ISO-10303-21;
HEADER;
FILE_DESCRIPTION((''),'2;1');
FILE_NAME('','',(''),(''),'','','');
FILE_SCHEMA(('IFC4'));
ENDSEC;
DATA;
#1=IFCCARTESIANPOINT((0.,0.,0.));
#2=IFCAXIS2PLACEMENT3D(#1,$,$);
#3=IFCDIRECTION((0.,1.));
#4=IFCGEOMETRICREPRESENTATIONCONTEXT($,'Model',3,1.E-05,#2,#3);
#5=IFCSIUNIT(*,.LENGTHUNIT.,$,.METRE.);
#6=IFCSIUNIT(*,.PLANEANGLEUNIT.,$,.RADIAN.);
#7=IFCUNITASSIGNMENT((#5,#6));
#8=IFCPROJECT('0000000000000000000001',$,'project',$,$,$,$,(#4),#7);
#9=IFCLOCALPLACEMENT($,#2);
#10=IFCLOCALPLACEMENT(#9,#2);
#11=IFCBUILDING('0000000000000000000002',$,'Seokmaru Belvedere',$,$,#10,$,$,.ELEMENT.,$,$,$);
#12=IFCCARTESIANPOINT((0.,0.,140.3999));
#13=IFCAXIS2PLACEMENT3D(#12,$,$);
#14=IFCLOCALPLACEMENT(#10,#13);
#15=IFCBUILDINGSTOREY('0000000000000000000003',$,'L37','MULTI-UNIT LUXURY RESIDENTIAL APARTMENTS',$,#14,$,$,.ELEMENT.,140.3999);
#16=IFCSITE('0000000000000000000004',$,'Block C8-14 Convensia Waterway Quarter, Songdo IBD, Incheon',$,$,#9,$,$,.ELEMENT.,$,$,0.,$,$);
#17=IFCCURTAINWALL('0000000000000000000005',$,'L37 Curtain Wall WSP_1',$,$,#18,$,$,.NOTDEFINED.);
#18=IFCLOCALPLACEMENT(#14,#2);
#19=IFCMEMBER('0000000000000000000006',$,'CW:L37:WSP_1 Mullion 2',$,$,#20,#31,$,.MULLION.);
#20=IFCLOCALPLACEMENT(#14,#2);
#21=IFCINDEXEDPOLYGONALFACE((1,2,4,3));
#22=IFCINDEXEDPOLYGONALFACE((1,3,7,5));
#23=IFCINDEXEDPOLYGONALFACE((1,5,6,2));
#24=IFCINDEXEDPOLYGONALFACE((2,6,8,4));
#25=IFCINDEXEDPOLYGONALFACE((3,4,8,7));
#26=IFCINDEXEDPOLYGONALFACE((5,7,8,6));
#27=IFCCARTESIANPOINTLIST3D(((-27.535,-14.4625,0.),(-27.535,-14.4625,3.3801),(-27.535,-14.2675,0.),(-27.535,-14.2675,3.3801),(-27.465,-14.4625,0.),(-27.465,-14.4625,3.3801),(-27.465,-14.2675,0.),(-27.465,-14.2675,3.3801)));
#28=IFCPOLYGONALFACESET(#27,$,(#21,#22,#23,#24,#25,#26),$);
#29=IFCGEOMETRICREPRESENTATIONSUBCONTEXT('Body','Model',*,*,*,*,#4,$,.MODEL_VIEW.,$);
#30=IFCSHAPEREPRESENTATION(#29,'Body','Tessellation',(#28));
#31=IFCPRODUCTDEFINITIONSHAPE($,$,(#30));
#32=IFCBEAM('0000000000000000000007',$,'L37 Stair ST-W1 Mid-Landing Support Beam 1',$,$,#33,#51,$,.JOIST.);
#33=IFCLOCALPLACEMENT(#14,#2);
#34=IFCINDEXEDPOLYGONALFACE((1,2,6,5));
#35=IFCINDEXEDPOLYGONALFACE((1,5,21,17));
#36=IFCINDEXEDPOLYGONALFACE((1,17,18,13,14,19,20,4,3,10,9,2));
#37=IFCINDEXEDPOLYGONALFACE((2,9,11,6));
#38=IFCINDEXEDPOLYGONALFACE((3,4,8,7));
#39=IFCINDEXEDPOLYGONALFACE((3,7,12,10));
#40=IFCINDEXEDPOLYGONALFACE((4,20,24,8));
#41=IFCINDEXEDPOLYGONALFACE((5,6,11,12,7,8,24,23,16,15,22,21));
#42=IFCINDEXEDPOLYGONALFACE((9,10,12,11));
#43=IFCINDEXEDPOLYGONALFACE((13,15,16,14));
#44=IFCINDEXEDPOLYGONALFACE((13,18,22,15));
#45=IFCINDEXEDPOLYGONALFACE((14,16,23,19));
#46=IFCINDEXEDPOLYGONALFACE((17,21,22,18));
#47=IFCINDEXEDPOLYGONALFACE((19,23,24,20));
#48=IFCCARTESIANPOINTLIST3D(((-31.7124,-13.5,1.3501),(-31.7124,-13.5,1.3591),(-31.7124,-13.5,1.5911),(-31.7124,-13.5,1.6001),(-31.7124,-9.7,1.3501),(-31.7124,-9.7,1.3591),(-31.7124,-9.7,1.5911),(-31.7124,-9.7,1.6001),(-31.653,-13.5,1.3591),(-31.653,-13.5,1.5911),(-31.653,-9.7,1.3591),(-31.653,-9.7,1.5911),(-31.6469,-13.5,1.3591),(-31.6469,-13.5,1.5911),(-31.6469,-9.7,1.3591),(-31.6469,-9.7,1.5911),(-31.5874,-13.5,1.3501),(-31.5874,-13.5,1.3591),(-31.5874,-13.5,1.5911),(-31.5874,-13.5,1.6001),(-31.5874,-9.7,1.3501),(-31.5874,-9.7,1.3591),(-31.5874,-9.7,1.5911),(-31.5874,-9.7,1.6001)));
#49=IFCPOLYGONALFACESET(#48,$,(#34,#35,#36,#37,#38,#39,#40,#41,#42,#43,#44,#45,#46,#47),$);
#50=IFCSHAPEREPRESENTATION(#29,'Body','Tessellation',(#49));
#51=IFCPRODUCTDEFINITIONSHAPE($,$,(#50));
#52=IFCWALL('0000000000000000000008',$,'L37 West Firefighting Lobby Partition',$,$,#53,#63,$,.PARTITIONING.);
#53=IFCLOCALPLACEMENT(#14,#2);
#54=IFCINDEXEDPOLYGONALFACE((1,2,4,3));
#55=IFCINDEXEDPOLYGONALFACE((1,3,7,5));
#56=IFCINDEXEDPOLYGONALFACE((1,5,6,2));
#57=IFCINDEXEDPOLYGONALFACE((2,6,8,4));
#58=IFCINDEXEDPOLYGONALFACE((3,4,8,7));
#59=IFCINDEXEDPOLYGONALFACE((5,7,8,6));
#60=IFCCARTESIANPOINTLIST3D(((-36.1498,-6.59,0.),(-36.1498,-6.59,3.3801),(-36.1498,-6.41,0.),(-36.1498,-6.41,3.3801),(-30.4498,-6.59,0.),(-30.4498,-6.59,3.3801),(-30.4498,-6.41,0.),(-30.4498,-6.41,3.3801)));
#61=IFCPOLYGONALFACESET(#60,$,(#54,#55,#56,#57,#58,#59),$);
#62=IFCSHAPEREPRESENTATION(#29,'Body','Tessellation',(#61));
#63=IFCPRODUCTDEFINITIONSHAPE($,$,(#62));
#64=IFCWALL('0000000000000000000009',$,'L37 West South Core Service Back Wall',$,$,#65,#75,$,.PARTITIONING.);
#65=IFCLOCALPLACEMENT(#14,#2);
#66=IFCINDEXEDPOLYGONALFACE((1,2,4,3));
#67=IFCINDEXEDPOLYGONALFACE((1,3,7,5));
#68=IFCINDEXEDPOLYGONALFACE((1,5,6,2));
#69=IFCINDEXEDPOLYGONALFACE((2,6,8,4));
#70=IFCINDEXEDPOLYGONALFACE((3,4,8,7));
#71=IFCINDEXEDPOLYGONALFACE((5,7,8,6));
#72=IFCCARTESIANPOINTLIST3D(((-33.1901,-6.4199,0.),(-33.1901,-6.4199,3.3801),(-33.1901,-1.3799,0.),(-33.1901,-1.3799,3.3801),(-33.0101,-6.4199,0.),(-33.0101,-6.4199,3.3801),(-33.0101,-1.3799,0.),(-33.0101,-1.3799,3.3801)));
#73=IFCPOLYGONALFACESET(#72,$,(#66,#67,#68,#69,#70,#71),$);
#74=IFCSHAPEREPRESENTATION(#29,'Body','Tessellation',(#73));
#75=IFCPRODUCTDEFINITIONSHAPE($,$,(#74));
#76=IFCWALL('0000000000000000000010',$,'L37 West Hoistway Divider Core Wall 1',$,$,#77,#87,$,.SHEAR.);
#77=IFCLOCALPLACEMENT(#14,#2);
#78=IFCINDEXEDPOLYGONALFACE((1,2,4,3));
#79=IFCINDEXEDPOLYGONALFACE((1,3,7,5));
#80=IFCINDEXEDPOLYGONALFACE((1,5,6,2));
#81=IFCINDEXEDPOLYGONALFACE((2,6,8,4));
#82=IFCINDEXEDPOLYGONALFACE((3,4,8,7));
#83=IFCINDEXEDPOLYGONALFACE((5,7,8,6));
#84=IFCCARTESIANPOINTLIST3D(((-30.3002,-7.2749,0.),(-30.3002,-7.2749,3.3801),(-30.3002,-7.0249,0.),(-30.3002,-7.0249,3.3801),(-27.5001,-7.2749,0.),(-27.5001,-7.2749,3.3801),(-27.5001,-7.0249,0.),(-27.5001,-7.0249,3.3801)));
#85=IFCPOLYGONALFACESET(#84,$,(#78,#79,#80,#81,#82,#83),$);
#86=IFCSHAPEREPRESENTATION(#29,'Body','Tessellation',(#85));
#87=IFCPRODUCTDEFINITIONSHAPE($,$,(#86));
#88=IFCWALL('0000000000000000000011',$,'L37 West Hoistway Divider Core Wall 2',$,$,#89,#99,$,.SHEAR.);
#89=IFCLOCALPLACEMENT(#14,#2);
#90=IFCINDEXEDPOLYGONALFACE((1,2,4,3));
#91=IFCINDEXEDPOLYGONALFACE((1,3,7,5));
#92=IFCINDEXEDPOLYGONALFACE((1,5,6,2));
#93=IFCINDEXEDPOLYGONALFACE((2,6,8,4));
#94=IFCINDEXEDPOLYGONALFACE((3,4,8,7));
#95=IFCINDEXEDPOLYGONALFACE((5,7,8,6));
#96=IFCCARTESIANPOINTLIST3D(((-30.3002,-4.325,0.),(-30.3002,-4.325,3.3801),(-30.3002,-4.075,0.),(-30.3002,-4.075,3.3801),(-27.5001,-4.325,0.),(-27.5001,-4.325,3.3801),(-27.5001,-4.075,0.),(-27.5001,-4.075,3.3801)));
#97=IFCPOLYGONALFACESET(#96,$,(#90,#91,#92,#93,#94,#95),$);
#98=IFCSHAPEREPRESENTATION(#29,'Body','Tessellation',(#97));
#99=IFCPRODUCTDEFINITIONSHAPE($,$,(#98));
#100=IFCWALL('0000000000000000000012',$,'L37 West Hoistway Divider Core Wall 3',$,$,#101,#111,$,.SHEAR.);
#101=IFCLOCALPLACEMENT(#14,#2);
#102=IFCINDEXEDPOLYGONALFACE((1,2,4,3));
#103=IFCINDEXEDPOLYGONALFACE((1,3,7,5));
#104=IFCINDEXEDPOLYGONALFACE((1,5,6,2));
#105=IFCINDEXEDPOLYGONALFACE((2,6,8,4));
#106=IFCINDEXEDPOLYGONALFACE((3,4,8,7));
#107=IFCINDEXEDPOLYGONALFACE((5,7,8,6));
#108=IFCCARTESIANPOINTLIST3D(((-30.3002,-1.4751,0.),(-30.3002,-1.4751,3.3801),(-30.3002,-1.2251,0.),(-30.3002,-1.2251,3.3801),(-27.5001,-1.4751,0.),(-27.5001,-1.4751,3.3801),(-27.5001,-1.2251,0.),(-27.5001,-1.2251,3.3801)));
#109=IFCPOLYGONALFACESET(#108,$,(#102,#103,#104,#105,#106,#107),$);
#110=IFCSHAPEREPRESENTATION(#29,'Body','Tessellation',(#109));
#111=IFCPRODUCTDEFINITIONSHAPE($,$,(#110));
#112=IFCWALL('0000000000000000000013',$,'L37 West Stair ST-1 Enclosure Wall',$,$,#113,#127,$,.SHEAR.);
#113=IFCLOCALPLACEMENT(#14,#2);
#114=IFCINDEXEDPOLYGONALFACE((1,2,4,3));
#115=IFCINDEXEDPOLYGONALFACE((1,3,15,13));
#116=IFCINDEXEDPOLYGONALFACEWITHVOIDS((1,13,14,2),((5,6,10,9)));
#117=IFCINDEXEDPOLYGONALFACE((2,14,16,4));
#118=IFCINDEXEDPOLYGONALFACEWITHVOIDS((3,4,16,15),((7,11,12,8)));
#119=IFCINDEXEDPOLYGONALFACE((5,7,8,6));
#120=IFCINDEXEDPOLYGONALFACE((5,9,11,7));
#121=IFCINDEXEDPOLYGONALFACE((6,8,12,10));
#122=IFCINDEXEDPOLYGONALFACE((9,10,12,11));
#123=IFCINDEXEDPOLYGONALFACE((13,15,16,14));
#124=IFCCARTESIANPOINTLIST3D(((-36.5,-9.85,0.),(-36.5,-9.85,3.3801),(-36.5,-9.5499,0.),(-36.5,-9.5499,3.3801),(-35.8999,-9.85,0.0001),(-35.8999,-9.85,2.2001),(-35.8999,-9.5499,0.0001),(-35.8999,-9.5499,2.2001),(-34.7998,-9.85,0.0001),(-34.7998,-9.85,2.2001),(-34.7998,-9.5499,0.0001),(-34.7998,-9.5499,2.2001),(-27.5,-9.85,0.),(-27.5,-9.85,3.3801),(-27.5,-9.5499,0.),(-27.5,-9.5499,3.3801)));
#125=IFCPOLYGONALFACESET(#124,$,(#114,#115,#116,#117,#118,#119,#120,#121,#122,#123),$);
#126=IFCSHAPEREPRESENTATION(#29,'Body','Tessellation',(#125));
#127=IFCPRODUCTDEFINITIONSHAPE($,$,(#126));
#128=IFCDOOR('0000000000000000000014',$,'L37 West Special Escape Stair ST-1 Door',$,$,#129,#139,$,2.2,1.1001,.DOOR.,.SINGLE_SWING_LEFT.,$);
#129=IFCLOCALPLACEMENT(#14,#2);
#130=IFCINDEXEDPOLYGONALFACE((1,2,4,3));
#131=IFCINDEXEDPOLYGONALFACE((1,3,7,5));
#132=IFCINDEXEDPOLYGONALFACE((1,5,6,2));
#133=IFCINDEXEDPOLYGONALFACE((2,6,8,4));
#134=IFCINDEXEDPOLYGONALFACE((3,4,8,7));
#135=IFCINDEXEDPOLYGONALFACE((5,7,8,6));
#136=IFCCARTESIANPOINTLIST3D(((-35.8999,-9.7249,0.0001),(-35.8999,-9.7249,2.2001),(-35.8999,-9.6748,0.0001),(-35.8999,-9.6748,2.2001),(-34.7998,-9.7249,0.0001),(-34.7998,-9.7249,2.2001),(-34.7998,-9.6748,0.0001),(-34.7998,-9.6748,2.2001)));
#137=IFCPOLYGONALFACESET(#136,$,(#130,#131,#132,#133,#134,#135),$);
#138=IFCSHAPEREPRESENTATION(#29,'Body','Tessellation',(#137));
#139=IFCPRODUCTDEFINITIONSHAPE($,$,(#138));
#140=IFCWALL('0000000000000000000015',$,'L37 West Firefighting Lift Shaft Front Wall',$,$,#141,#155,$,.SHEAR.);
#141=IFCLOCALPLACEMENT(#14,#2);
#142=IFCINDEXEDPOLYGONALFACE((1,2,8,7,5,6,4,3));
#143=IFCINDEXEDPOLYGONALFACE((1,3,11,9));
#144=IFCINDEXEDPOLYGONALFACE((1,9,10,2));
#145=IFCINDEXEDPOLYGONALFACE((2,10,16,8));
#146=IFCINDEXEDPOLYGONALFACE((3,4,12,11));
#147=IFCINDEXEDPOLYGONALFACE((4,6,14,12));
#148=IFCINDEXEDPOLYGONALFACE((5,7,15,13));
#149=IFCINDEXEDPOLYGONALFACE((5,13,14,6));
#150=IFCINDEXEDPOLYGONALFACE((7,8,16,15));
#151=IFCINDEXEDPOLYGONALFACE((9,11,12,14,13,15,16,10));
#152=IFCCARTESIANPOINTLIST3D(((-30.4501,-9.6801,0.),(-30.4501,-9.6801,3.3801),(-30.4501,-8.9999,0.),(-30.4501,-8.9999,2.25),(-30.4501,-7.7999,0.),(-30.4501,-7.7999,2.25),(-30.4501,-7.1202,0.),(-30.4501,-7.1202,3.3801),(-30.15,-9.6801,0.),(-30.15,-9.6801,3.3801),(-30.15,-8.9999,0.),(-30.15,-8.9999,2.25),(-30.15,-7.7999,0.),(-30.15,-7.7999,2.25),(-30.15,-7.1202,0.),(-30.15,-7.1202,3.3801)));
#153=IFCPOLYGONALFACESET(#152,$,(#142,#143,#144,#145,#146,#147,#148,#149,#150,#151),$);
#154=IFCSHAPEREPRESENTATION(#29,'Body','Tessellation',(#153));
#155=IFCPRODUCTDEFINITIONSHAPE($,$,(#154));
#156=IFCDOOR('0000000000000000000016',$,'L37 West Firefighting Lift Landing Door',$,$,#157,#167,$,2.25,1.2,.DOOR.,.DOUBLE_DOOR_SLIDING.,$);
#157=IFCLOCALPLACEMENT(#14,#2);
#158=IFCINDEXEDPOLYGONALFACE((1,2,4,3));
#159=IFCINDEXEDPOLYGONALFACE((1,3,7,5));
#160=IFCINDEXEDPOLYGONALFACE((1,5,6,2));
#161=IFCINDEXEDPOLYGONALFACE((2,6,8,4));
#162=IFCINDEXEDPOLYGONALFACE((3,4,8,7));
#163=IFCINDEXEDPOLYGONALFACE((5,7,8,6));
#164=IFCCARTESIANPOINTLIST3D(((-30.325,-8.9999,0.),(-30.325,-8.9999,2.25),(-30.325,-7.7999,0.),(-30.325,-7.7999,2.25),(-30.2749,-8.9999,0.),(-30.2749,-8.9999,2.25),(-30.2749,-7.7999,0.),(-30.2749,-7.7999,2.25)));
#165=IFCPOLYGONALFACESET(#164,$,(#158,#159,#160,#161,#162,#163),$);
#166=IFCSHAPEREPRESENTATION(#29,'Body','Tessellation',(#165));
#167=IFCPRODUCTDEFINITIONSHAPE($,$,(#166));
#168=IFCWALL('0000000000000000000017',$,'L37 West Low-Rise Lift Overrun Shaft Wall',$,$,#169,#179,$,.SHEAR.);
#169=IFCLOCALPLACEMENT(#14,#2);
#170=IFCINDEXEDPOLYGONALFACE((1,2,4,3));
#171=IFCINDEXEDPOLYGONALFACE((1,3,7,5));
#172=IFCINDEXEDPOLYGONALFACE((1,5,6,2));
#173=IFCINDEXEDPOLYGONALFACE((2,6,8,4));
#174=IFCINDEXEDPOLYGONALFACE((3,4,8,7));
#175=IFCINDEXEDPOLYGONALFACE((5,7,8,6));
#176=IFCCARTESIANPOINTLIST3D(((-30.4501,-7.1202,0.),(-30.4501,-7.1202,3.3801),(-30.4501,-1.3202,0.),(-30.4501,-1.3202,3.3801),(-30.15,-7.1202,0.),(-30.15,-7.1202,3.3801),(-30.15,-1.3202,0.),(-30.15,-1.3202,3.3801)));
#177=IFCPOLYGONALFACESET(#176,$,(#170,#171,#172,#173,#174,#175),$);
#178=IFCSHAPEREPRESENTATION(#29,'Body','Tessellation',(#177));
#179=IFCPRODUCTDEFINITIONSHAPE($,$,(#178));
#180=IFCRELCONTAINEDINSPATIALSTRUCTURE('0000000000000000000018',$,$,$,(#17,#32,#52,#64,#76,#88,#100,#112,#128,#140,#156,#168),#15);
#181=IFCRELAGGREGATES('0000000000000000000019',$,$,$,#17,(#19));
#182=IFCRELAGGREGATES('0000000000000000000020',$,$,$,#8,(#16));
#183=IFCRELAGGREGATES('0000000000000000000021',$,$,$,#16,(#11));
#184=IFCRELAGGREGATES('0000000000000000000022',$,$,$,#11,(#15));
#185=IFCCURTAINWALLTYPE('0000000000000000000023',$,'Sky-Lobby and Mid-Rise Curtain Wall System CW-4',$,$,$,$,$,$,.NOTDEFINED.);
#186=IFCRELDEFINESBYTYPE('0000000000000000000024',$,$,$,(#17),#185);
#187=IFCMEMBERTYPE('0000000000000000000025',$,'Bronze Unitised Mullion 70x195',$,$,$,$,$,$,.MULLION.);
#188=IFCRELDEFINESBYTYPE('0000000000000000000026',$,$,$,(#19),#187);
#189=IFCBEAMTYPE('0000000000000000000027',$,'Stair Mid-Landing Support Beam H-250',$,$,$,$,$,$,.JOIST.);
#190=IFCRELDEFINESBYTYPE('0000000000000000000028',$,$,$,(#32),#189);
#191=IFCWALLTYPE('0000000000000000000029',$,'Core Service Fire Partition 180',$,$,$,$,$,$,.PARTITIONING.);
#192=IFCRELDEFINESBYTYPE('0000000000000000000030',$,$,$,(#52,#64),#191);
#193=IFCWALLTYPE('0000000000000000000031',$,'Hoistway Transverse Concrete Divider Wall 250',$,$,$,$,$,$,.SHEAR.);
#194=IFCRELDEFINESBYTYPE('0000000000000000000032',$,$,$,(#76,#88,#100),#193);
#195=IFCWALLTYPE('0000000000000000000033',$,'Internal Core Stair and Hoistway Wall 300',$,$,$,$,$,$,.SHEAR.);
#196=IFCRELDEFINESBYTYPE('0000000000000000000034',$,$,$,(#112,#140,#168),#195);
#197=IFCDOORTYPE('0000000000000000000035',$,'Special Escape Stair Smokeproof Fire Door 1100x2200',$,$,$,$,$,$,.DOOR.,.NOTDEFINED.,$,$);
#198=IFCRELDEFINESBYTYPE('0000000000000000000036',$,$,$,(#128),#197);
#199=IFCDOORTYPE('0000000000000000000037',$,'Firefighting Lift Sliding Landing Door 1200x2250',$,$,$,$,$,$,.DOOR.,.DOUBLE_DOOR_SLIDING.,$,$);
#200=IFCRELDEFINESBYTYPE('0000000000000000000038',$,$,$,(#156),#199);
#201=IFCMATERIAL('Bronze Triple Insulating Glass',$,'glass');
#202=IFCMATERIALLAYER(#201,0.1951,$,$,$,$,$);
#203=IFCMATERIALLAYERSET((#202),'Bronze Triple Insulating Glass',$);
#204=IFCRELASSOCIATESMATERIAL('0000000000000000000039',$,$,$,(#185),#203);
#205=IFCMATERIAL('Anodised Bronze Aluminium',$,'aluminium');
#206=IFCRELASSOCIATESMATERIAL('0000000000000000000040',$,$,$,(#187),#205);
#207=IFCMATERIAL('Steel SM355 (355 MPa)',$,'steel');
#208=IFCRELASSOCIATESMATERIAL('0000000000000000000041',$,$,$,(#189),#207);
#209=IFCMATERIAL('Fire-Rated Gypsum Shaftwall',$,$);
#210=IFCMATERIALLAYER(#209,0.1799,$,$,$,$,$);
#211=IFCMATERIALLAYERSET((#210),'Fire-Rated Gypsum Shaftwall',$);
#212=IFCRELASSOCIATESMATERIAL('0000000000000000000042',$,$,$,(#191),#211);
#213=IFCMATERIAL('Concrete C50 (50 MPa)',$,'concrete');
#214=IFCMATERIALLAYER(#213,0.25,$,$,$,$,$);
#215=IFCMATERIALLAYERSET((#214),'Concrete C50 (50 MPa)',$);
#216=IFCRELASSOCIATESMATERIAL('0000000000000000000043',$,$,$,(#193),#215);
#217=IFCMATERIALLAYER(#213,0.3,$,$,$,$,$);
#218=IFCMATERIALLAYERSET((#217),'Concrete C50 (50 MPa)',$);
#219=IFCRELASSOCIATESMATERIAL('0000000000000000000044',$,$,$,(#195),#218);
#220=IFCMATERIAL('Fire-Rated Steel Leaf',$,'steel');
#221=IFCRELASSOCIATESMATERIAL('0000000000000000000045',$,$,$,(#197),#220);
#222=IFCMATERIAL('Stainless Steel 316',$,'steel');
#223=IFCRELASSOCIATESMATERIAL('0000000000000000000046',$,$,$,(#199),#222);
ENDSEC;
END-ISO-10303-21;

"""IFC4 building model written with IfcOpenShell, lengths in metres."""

from ifc_helpers import new_model, si_unit, direction, frame, frame_2d, origin, origin_2d, place, context, subcontext, project, spatial, rectangle, i_section, extrude, source, transform, mapped, material, layer, layer_set, material_profile, profile_set, type_object, type_shapes, element, fill, aggregate, save


model = new_model("IFC4")

# Units and contexts
model_context = context("Model", 3, precision=1e-05, world=origin(), true_north=direction((0.0, 1.0)))
body_context = subcontext(model_context, "Body", "Model", "MODEL_VIEW")
ifc_project = project(units=[si_unit("LENGTHUNIT", "METRE"), si_unit("PLANEANGLEUNIT", "RADIAN")], contexts=[model_context])

# Site, building, storey
site_placement = place(None, origin())
site = spatial("IfcSite", under=ifc_project, at=site_placement, Name="Block C8-14 Convensia Waterway Quarter, Songdo IBD, Incheon", CompositionType="ELEMENT", RefElevation=0.0)
building_placement = place(site_placement, origin())
building = spatial("IfcBuilding", under=site, at=building_placement, Name="Seokmaru Belvedere", CompositionType="ELEMENT")
storey_placement = place(building_placement, frame((0.0, 0.0, 140.3999)))
storey = spatial("IfcBuildingStorey", under=building, at=storey_placement, Name="L37", Description="MULTI-UNIT LUXURY RESIDENTIAL APARTMENTS", CompositionType="ELEMENT", Elevation=140.3999)

# Shared definitions
ifc_material_1 = material(Name="Steel SM355 (355 MPa)", Category="steel")

# Curtain wall, member
ifc_material_2 = material(Name="Bronze Triple Insulating Glass", Category="glass")
ifc_layer_1 = layer(ifc_material_2, 0.1951)
ifc_layer_set_1 = layer_set([ifc_layer_1], Name="Bronze Triple Insulating Glass")
curtain_wall_type = type_object("IfcCurtainWallType", Name="Sky-Lobby and Mid-Rise Curtain Wall System CW-4", PredefinedType="NOTDEFINED", material=ifc_layer_set_1)
curtain_wall_placement = place(storey_placement, origin())
curtain_wall = element("IfcCurtainWall", 1, at=curtain_wall_placement, inside=storey, type_object=curtain_wall_type, Name="L37 Curtain Wall WSP_1", PredefinedType="NOTDEFINED")
ifc_material_3 = material(Name="Anodised Bronze Aluminium", Category="aluminium")
ifc_material_profile_1 = material_profile(ifc_material_3, rectangle(XDim=0.0701, YDim=0.1951, at=origin_2d()), Name="CW-M-70x195")
ifc_profile_set_1 = profile_set([ifc_material_profile_1], Name="Anodised Bronze Aluminium")
member_type = type_object("IfcMemberType", Name="Bronze Unitised Mullion 70x195", PredefinedType="MULLION", material=ifc_profile_set_1)
shared_shape_1 = source(origin(), body_context, "Body", "SweptSolid", [
    extrude(rectangle(XDim=0.0701, YDim=0.1951, at=origin_2d()), origin(), (0.0, 0.0, 1.0), 3.3801),
])
type_shapes(member_type, [shared_shape_1])
member_placement = place(storey_placement, frame((-27.5, -14.365, 0.0), z_axis=(0.0, 0.0, 1.0), x_axis=(-1.0, 0.0, 0.0)))
member = element("IfcMember", 2, at=member_placement, type_object=member_type, Name="CW:L37:WSP_1 Mullion 2", PredefinedType="MULLION", context=body_context, shape_type="MappedRepresentation", body=[
    mapped(shared_shape_1, transform((0.0, 0.0, 0.0), scale=1.0)),
])
aggregate(curtain_wall, [member])

# Beam
ifc_material_profile_2 = material_profile(ifc_material_1, i_section(OverallWidth=0.125, OverallDepth=0.25, WebThickness=0.0061, FlangeThickness=0.009, at=origin_2d()), Name="H-250x125x6x9")
ifc_profile_set_2 = profile_set([ifc_material_profile_2], Name="Steel SM355 (355 MPa)")
beam_type_1 = type_object("IfcBeamType", Name="Stair Mid-Landing Support Beam H-250", PredefinedType="JOIST", material=ifc_profile_set_2)
shared_shape_2 = source(origin(), body_context, "Body", "SweptSolid", [
    extrude(i_section(OverallWidth=0.125, OverallDepth=0.25, WebThickness=0.0061, FlangeThickness=0.009, at=origin_2d()), origin(), (0.0, 0.0, 1.0), 3.8),
])
type_shapes(beam_type_1, [shared_shape_2])
beam_1_placement = place(storey_placement, frame((-31.6499, -13.5, 1.4751), z_axis=(0.0, 1.0, 0.0), x_axis=(-1.0, 0.0, 0.0)))
element("IfcBeam", 3, at=beam_1_placement, inside=storey, type_object=beam_type_1, Name="L37 Stair ST-W1 Mid-Landing Support Beam 1", PredefinedType="JOIST", context=body_context, shape_type="MappedRepresentation", body=[
    mapped(shared_shape_2, transform((0.0, 0.0, 0.0), scale=1.0)),
])

# Walls
ifc_material_4 = material(Name="Fire-Rated Gypsum Shaftwall")
ifc_layer_2 = layer(ifc_material_4, 0.1799)
ifc_layer_set_2 = layer_set([ifc_layer_2], Name="Fire-Rated Gypsum Shaftwall")
wall_type_1 = type_object("IfcWallType", Name="Core Service Fire Partition 180", PredefinedType="PARTITIONING", material=ifc_layer_set_2)
wall_1_placement = place(storey_placement, frame((-36.1499, -6.5, 0.0), z_axis=(0.0, 0.0, 1.0), x_axis=(1.0, 0.0, 0.0)))
element("IfcWall", 4, at=wall_1_placement, inside=storey, type_object=wall_type_1, Name="L37 West Firefighting Lobby Partition", PredefinedType="PARTITIONING", context=body_context, shape_type="SweptSolid", body=[
    extrude(rectangle(XDim=5.7, YDim=0.1799, at=frame_2d((2.8501, 0.0))), origin(), (0.0, 0.0, 1.0), 3.3801),
])
wall_2_placement = place(storey_placement, frame((-33.1001, -6.4199, 0.0), z_axis=(0.0, 0.0, 1.0), x_axis=(0.0, 1.0, 0.0)))
element("IfcWall", 5, at=wall_2_placement, inside=storey, type_object=wall_type_1, Name="L37 West South Core Service Back Wall", PredefinedType="PARTITIONING", context=body_context, shape_type="SweptSolid", body=[
    extrude(rectangle(XDim=5.04, YDim=0.1799, at=frame_2d((2.52, 0.0))), origin(), (0.0, 0.0, 1.0), 3.3801),
])
ifc_material_5 = material(Name="Concrete C50 (50 MPa)", Category="concrete")
ifc_layer_3 = layer(ifc_material_5, 0.25)
ifc_layer_set_3 = layer_set([ifc_layer_3], Name="Concrete C50 (50 MPa)")
wall_type_2 = type_object("IfcWallType", Name="Hoistway Transverse Concrete Divider Wall 250", PredefinedType="SHEAR", material=ifc_layer_set_3)
for number, where, z_axis, x_axis, name in (
    (6, (-30.3, -7.1499, 0.0), (0.0, 0.0, 1.0), (1.0, 0.0, 0.0), "L37 West Hoistway Divider Core Wall 1"),
    (7, (-30.3, -4.2, 0.0), (0.0, 0.0, 1.0), (1.0, 0.0, 0.0), "L37 West Hoistway Divider Core Wall 2"),
    (8, (-30.3, -1.3501, 0.0), (0.0, 0.0, 1.0), (1.0, 0.0, 0.0), "L37 West Hoistway Divider Core Wall 3"),
):
    element("IfcWall", number, at=place(storey_placement, frame(where, z_axis=z_axis, x_axis=x_axis)), inside=storey, type_object=wall_type_2, Name=name, PredefinedType="SHEAR", context=body_context, shape_type="SweptSolid", body=[
        extrude(rectangle(XDim=2.8, YDim=0.25, at=frame_2d((1.3999, 0.0))), origin(), (0.0, 0.0, 1.0), 3.3801),
    ])

# Walls, openings, doors
ifc_layer_4 = layer(ifc_material_5, 0.3)
ifc_layer_set_4 = layer_set([ifc_layer_4], Name="Concrete C50 (50 MPa)")
wall_type_3 = type_object("IfcWallType", Name="Internal Core Stair and Hoistway Wall 300", PredefinedType="SHEAR", material=ifc_layer_set_4)
wall_3_placement = place(storey_placement, frame((-36.5, -9.7, 0.0), z_axis=(0.0, 0.0, 1.0), x_axis=(1.0, 0.0, 0.0)))
wall_3 = element("IfcWall", 9, at=wall_3_placement, inside=storey, type_object=wall_type_3, Name="L37 West Stair ST-1 Enclosure Wall", PredefinedType="SHEAR", context=body_context, shape_type="SweptSolid", body=[
    extrude(rectangle(XDim=9.0, YDim=0.3, at=frame_2d((4.5, 0.0))), origin(), (0.0, 0.0, 1.0), 3.3801),
])
opening_1_placement = place(wall_3_placement, frame((0.6001, 0.0, 0.0)))
opening_1 = element("IfcOpeningElement", 10, at=opening_1_placement, cuts=wall_3, PredefinedType="OPENING", context=body_context, shape_type="SweptSolid", body=[
    extrude(rectangle(XDim=1.1001, YDim=2.2, at=frame_2d((0.55, 1.1001))), frame((0.0, 0.1602, 0.0), z_axis=(0.0, -1.0, 0.0), x_axis=(1.0, 0.0, 0.0)), (0.0, 0.0, 1.0), 0.3201),
])
ifc_material_6 = material(Name="Fire-Rated Steel Leaf", Category="steel")
door_type_1 = type_object("IfcDoorType", Name="Special Escape Stair Smokeproof Fire Door 1100x2200", OperationType="NOTDEFINED", PredefinedType="DOOR", material=ifc_material_6)
shared_shape_3 = source(origin(), body_context, "Body", "SweptSolid", [
    extrude(rectangle(XDim=1.1001, YDim=2.2, at=frame_2d((0.55, 1.1001))), frame((0.0, 0.0249, 0.0), z_axis=(0.0, -1.0, 0.0), x_axis=(1.0, 0.0, 0.0)), (0.0, 0.0, 1.0), 0.05),
])
type_shapes(door_type_1, [shared_shape_3])
door_1_placement = place(opening_1_placement, frame((1.1001, 0.0, 0.0), z_axis=(0.0, 0.0, 1.0), x_axis=(-1.0, 0.0, 0.0)))
door_1 = element("IfcDoor", 11, at=door_1_placement, inside=storey, type_object=door_type_1, Name="L37 West Special Escape Stair ST-1 Door", OperationType="SINGLE_SWING_LEFT", OverallHeight=2.2, OverallWidth=1.1001, PredefinedType="DOOR", context=body_context, shape_type="MappedRepresentation", body=[
    mapped(shared_shape_3, transform((0.0, 0.0, 0.0), scale=1.0)),
])
fill(opening_1, door_1)
wall_4_placement = place(storey_placement, frame((-30.3, -9.6799, 0.0), z_axis=(0.0, 0.0, 1.0), x_axis=(0.0, 1.0, 0.0)))
wall_4 = element("IfcWall", 12, at=wall_4_placement, inside=storey, type_object=wall_type_3, Name="L37 West Firefighting Lift Shaft Front Wall", PredefinedType="SHEAR", context=body_context, shape_type="SweptSolid", body=[
    extrude(rectangle(XDim=2.5598, YDim=0.3, at=frame_2d((1.2798, 0.0))), origin(), (0.0, 0.0, 1.0), 3.3801),
])
opening_2_placement = place(wall_4_placement, frame((0.6799, 0.0, 0.0)))
opening_2 = element("IfcOpeningElement", 13, at=opening_2_placement, cuts=wall_4, PredefinedType="OPENING", context=body_context, shape_type="SweptSolid", body=[
    extrude(rectangle(XDim=1.2, YDim=2.25, at=frame_2d((0.6001, 1.125))), frame((0.0, 0.1602, 0.0), z_axis=(0.0, -1.0, 0.0), x_axis=(1.0, 0.0, 0.0)), (0.0, 0.0, 1.0), 0.3201),
])
ifc_material_7 = material(Name="Stainless Steel 316", Category="steel")
door_type_2 = type_object("IfcDoorType", Name="Firefighting Lift Sliding Landing Door 1200x2250", OperationType="DOUBLE_DOOR_SLIDING", PredefinedType="DOOR", material=ifc_material_7)
shared_shape_4 = source(origin(), body_context, "Body", "SweptSolid", [
    extrude(rectangle(XDim=1.2, YDim=2.25, at=frame_2d((0.6001, 1.125))), frame((0.0, 0.0249, 0.0), z_axis=(0.0, -1.0, 0.0), x_axis=(1.0, 0.0, 0.0)), (0.0, 0.0, 1.0), 0.05),
])
type_shapes(door_type_2, [shared_shape_4])
door_2_placement = place(opening_2_placement, origin())
door_2 = element("IfcDoor", 14, at=door_2_placement, inside=storey, type_object=door_type_2, Name="L37 West Firefighting Lift Landing Door", OperationType="DOUBLE_DOOR_SLIDING", OverallHeight=2.25, OverallWidth=1.2, PredefinedType="DOOR", context=body_context, shape_type="MappedRepresentation", body=[
    mapped(shared_shape_4, transform((0.0, 0.0, 0.0), scale=1.0)),
])
fill(opening_2, door_2)

# Wall
wall_5_placement = place(storey_placement, frame((-30.3, -7.1201, 0.0), z_axis=(0.0, 0.0, 1.0), x_axis=(0.0, 1.0, 0.0)))
element("IfcWall", 15, at=wall_5_placement, inside=storey, type_object=wall_type_3, Name="L37 West Low-Rise Lift Overrun Shaft Wall", PredefinedType="SHEAR", context=body_context, shape_type="SweptSolid", body=[
    extrude(rectangle(XDim=5.8, YDim=0.3, at=frame_2d((2.8999, 0.0))), origin(), (0.0, 0.0, 1.0), 3.3801),
])

save(model, "model.ifc")
